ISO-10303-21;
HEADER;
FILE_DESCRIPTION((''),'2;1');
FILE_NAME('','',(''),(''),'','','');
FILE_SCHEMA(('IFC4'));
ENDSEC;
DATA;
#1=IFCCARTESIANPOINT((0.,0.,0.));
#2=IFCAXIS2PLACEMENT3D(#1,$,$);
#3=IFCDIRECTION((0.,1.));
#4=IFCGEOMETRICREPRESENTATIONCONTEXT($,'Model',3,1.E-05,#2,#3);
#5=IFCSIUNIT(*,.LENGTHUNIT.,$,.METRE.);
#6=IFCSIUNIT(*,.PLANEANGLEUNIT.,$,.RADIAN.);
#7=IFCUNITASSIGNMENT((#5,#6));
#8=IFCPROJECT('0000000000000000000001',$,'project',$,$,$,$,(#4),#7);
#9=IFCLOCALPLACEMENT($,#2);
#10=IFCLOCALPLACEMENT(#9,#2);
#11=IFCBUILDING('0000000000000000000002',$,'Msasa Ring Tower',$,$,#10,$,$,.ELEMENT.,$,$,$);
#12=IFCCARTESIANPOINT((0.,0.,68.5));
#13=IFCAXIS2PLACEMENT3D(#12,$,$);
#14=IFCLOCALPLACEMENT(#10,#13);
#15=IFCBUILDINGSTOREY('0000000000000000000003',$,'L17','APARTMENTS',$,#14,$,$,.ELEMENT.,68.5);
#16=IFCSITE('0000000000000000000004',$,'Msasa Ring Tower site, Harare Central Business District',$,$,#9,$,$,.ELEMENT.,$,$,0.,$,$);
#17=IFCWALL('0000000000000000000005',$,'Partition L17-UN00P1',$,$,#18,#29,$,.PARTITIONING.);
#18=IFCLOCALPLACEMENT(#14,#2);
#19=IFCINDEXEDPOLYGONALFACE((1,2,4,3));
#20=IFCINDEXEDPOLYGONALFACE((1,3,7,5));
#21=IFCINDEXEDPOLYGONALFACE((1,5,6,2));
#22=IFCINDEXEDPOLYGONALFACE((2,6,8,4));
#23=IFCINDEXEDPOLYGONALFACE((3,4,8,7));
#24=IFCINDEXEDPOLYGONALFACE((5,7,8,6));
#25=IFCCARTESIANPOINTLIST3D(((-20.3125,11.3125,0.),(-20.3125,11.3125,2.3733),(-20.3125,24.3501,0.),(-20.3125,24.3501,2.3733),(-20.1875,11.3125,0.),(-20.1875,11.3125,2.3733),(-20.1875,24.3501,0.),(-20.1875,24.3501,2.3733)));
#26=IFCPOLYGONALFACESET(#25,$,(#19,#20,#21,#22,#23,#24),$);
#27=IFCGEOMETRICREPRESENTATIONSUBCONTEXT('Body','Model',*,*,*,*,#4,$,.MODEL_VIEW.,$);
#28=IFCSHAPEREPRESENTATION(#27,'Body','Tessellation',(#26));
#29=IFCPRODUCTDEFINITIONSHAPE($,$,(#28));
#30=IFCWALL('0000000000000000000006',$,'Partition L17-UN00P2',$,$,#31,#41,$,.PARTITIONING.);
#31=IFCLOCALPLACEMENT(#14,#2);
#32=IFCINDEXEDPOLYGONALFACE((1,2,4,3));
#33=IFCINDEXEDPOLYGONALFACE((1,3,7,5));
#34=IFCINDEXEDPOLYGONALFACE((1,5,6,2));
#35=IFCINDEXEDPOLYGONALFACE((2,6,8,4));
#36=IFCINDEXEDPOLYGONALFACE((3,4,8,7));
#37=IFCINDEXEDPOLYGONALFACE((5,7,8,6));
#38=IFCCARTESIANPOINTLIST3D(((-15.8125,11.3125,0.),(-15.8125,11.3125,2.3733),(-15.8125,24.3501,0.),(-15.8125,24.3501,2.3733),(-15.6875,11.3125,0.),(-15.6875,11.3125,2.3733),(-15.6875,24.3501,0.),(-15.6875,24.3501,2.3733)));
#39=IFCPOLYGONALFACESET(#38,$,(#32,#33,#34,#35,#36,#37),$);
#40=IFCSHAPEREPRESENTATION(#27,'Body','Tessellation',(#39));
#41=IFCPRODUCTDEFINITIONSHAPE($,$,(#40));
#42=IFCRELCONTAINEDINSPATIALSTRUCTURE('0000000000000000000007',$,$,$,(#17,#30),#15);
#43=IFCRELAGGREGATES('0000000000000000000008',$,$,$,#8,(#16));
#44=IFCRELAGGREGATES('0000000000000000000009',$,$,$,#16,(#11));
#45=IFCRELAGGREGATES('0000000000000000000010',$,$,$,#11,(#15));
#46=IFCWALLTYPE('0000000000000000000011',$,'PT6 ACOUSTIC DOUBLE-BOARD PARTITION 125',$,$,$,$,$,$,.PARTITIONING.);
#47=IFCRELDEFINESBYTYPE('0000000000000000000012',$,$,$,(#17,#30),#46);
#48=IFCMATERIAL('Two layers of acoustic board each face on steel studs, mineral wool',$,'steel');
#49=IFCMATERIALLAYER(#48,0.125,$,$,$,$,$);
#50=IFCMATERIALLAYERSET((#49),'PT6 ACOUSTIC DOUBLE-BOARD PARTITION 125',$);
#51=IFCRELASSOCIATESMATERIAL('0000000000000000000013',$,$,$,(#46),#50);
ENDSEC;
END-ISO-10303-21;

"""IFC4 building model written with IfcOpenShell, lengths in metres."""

from ifc_helpers import new_model, si_unit, direction, frame, frame_2d, origin, place, context, subcontext, project, spatial, rectangle, extrude, material, layer, layer_set, type_object, element, save


model = new_model("IFC4")

# Units and contexts
model_context = context("Model", 3, precision=1e-05, world=origin(), true_north=direction((0.0, 1.0)))
body_context = subcontext(model_context, "Body", "Model", "MODEL_VIEW")
ifc_project = project(units=[si_unit("LENGTHUNIT", "METRE"), si_unit("PLANEANGLEUNIT", "RADIAN")], contexts=[model_context])

# Site, building, storey
site_placement = place(None, origin())
site = spatial("IfcSite", under=ifc_project, at=site_placement, Name="Msasa Ring Tower site, Harare Central Business District", CompositionType="ELEMENT", RefElevation=0.0)
building_placement = place(site_placement, origin())
building = spatial("IfcBuilding", under=site, at=building_placement, Name="Msasa Ring Tower", CompositionType="ELEMENT")
storey_placement = place(building_placement, frame((0.0, 0.0, 68.5)))
storey = spatial("IfcBuildingStorey", under=building, at=storey_placement, Name="L17", Description="APARTMENTS", CompositionType="ELEMENT", Elevation=68.5)

# Walls
ifc_material_1 = material(Name="Two layers of acoustic board each face on steel studs, mineral wool", Category="steel")
ifc_layer_1 = layer(ifc_material_1, 0.125)
ifc_layer_set_1 = layer_set([ifc_layer_1], Name="PT6 ACOUSTIC DOUBLE-BOARD PARTITION 125")
wall_type_1 = type_object("IfcWallType", Name="PT6 ACOUSTIC DOUBLE-BOARD PARTITION 125", PredefinedType="PARTITIONING", material=ifc_layer_set_1)
for number, where, z_axis, x_axis, name in (
    (1, (-20.25, 11.3125, 0.0), (0.0, 0.0, 1.0), (0.0, 1.0, 0.0), "Partition L17-UN00P1"),
    (2, (-15.75, 11.3125, 0.0), (0.0, 0.0, 1.0), (0.0, 1.0, 0.0), "Partition L17-UN00P2"),
):
    element("IfcWall", number, at=place(storey_placement, frame(where, z_axis=z_axis, x_axis=x_axis)), inside=storey, type_object=wall_type_1, Name=name, PredefinedType="PARTITIONING", context=body_context, shape_type="SweptSolid", body=[
        extrude(rectangle(XDim=13.0376, YDim=0.125, at=frame_2d((6.5188, 0.0))), origin(), (0.0, 0.0, 1.0), 2.3733),
    ])

save(model, "model.ifc")
